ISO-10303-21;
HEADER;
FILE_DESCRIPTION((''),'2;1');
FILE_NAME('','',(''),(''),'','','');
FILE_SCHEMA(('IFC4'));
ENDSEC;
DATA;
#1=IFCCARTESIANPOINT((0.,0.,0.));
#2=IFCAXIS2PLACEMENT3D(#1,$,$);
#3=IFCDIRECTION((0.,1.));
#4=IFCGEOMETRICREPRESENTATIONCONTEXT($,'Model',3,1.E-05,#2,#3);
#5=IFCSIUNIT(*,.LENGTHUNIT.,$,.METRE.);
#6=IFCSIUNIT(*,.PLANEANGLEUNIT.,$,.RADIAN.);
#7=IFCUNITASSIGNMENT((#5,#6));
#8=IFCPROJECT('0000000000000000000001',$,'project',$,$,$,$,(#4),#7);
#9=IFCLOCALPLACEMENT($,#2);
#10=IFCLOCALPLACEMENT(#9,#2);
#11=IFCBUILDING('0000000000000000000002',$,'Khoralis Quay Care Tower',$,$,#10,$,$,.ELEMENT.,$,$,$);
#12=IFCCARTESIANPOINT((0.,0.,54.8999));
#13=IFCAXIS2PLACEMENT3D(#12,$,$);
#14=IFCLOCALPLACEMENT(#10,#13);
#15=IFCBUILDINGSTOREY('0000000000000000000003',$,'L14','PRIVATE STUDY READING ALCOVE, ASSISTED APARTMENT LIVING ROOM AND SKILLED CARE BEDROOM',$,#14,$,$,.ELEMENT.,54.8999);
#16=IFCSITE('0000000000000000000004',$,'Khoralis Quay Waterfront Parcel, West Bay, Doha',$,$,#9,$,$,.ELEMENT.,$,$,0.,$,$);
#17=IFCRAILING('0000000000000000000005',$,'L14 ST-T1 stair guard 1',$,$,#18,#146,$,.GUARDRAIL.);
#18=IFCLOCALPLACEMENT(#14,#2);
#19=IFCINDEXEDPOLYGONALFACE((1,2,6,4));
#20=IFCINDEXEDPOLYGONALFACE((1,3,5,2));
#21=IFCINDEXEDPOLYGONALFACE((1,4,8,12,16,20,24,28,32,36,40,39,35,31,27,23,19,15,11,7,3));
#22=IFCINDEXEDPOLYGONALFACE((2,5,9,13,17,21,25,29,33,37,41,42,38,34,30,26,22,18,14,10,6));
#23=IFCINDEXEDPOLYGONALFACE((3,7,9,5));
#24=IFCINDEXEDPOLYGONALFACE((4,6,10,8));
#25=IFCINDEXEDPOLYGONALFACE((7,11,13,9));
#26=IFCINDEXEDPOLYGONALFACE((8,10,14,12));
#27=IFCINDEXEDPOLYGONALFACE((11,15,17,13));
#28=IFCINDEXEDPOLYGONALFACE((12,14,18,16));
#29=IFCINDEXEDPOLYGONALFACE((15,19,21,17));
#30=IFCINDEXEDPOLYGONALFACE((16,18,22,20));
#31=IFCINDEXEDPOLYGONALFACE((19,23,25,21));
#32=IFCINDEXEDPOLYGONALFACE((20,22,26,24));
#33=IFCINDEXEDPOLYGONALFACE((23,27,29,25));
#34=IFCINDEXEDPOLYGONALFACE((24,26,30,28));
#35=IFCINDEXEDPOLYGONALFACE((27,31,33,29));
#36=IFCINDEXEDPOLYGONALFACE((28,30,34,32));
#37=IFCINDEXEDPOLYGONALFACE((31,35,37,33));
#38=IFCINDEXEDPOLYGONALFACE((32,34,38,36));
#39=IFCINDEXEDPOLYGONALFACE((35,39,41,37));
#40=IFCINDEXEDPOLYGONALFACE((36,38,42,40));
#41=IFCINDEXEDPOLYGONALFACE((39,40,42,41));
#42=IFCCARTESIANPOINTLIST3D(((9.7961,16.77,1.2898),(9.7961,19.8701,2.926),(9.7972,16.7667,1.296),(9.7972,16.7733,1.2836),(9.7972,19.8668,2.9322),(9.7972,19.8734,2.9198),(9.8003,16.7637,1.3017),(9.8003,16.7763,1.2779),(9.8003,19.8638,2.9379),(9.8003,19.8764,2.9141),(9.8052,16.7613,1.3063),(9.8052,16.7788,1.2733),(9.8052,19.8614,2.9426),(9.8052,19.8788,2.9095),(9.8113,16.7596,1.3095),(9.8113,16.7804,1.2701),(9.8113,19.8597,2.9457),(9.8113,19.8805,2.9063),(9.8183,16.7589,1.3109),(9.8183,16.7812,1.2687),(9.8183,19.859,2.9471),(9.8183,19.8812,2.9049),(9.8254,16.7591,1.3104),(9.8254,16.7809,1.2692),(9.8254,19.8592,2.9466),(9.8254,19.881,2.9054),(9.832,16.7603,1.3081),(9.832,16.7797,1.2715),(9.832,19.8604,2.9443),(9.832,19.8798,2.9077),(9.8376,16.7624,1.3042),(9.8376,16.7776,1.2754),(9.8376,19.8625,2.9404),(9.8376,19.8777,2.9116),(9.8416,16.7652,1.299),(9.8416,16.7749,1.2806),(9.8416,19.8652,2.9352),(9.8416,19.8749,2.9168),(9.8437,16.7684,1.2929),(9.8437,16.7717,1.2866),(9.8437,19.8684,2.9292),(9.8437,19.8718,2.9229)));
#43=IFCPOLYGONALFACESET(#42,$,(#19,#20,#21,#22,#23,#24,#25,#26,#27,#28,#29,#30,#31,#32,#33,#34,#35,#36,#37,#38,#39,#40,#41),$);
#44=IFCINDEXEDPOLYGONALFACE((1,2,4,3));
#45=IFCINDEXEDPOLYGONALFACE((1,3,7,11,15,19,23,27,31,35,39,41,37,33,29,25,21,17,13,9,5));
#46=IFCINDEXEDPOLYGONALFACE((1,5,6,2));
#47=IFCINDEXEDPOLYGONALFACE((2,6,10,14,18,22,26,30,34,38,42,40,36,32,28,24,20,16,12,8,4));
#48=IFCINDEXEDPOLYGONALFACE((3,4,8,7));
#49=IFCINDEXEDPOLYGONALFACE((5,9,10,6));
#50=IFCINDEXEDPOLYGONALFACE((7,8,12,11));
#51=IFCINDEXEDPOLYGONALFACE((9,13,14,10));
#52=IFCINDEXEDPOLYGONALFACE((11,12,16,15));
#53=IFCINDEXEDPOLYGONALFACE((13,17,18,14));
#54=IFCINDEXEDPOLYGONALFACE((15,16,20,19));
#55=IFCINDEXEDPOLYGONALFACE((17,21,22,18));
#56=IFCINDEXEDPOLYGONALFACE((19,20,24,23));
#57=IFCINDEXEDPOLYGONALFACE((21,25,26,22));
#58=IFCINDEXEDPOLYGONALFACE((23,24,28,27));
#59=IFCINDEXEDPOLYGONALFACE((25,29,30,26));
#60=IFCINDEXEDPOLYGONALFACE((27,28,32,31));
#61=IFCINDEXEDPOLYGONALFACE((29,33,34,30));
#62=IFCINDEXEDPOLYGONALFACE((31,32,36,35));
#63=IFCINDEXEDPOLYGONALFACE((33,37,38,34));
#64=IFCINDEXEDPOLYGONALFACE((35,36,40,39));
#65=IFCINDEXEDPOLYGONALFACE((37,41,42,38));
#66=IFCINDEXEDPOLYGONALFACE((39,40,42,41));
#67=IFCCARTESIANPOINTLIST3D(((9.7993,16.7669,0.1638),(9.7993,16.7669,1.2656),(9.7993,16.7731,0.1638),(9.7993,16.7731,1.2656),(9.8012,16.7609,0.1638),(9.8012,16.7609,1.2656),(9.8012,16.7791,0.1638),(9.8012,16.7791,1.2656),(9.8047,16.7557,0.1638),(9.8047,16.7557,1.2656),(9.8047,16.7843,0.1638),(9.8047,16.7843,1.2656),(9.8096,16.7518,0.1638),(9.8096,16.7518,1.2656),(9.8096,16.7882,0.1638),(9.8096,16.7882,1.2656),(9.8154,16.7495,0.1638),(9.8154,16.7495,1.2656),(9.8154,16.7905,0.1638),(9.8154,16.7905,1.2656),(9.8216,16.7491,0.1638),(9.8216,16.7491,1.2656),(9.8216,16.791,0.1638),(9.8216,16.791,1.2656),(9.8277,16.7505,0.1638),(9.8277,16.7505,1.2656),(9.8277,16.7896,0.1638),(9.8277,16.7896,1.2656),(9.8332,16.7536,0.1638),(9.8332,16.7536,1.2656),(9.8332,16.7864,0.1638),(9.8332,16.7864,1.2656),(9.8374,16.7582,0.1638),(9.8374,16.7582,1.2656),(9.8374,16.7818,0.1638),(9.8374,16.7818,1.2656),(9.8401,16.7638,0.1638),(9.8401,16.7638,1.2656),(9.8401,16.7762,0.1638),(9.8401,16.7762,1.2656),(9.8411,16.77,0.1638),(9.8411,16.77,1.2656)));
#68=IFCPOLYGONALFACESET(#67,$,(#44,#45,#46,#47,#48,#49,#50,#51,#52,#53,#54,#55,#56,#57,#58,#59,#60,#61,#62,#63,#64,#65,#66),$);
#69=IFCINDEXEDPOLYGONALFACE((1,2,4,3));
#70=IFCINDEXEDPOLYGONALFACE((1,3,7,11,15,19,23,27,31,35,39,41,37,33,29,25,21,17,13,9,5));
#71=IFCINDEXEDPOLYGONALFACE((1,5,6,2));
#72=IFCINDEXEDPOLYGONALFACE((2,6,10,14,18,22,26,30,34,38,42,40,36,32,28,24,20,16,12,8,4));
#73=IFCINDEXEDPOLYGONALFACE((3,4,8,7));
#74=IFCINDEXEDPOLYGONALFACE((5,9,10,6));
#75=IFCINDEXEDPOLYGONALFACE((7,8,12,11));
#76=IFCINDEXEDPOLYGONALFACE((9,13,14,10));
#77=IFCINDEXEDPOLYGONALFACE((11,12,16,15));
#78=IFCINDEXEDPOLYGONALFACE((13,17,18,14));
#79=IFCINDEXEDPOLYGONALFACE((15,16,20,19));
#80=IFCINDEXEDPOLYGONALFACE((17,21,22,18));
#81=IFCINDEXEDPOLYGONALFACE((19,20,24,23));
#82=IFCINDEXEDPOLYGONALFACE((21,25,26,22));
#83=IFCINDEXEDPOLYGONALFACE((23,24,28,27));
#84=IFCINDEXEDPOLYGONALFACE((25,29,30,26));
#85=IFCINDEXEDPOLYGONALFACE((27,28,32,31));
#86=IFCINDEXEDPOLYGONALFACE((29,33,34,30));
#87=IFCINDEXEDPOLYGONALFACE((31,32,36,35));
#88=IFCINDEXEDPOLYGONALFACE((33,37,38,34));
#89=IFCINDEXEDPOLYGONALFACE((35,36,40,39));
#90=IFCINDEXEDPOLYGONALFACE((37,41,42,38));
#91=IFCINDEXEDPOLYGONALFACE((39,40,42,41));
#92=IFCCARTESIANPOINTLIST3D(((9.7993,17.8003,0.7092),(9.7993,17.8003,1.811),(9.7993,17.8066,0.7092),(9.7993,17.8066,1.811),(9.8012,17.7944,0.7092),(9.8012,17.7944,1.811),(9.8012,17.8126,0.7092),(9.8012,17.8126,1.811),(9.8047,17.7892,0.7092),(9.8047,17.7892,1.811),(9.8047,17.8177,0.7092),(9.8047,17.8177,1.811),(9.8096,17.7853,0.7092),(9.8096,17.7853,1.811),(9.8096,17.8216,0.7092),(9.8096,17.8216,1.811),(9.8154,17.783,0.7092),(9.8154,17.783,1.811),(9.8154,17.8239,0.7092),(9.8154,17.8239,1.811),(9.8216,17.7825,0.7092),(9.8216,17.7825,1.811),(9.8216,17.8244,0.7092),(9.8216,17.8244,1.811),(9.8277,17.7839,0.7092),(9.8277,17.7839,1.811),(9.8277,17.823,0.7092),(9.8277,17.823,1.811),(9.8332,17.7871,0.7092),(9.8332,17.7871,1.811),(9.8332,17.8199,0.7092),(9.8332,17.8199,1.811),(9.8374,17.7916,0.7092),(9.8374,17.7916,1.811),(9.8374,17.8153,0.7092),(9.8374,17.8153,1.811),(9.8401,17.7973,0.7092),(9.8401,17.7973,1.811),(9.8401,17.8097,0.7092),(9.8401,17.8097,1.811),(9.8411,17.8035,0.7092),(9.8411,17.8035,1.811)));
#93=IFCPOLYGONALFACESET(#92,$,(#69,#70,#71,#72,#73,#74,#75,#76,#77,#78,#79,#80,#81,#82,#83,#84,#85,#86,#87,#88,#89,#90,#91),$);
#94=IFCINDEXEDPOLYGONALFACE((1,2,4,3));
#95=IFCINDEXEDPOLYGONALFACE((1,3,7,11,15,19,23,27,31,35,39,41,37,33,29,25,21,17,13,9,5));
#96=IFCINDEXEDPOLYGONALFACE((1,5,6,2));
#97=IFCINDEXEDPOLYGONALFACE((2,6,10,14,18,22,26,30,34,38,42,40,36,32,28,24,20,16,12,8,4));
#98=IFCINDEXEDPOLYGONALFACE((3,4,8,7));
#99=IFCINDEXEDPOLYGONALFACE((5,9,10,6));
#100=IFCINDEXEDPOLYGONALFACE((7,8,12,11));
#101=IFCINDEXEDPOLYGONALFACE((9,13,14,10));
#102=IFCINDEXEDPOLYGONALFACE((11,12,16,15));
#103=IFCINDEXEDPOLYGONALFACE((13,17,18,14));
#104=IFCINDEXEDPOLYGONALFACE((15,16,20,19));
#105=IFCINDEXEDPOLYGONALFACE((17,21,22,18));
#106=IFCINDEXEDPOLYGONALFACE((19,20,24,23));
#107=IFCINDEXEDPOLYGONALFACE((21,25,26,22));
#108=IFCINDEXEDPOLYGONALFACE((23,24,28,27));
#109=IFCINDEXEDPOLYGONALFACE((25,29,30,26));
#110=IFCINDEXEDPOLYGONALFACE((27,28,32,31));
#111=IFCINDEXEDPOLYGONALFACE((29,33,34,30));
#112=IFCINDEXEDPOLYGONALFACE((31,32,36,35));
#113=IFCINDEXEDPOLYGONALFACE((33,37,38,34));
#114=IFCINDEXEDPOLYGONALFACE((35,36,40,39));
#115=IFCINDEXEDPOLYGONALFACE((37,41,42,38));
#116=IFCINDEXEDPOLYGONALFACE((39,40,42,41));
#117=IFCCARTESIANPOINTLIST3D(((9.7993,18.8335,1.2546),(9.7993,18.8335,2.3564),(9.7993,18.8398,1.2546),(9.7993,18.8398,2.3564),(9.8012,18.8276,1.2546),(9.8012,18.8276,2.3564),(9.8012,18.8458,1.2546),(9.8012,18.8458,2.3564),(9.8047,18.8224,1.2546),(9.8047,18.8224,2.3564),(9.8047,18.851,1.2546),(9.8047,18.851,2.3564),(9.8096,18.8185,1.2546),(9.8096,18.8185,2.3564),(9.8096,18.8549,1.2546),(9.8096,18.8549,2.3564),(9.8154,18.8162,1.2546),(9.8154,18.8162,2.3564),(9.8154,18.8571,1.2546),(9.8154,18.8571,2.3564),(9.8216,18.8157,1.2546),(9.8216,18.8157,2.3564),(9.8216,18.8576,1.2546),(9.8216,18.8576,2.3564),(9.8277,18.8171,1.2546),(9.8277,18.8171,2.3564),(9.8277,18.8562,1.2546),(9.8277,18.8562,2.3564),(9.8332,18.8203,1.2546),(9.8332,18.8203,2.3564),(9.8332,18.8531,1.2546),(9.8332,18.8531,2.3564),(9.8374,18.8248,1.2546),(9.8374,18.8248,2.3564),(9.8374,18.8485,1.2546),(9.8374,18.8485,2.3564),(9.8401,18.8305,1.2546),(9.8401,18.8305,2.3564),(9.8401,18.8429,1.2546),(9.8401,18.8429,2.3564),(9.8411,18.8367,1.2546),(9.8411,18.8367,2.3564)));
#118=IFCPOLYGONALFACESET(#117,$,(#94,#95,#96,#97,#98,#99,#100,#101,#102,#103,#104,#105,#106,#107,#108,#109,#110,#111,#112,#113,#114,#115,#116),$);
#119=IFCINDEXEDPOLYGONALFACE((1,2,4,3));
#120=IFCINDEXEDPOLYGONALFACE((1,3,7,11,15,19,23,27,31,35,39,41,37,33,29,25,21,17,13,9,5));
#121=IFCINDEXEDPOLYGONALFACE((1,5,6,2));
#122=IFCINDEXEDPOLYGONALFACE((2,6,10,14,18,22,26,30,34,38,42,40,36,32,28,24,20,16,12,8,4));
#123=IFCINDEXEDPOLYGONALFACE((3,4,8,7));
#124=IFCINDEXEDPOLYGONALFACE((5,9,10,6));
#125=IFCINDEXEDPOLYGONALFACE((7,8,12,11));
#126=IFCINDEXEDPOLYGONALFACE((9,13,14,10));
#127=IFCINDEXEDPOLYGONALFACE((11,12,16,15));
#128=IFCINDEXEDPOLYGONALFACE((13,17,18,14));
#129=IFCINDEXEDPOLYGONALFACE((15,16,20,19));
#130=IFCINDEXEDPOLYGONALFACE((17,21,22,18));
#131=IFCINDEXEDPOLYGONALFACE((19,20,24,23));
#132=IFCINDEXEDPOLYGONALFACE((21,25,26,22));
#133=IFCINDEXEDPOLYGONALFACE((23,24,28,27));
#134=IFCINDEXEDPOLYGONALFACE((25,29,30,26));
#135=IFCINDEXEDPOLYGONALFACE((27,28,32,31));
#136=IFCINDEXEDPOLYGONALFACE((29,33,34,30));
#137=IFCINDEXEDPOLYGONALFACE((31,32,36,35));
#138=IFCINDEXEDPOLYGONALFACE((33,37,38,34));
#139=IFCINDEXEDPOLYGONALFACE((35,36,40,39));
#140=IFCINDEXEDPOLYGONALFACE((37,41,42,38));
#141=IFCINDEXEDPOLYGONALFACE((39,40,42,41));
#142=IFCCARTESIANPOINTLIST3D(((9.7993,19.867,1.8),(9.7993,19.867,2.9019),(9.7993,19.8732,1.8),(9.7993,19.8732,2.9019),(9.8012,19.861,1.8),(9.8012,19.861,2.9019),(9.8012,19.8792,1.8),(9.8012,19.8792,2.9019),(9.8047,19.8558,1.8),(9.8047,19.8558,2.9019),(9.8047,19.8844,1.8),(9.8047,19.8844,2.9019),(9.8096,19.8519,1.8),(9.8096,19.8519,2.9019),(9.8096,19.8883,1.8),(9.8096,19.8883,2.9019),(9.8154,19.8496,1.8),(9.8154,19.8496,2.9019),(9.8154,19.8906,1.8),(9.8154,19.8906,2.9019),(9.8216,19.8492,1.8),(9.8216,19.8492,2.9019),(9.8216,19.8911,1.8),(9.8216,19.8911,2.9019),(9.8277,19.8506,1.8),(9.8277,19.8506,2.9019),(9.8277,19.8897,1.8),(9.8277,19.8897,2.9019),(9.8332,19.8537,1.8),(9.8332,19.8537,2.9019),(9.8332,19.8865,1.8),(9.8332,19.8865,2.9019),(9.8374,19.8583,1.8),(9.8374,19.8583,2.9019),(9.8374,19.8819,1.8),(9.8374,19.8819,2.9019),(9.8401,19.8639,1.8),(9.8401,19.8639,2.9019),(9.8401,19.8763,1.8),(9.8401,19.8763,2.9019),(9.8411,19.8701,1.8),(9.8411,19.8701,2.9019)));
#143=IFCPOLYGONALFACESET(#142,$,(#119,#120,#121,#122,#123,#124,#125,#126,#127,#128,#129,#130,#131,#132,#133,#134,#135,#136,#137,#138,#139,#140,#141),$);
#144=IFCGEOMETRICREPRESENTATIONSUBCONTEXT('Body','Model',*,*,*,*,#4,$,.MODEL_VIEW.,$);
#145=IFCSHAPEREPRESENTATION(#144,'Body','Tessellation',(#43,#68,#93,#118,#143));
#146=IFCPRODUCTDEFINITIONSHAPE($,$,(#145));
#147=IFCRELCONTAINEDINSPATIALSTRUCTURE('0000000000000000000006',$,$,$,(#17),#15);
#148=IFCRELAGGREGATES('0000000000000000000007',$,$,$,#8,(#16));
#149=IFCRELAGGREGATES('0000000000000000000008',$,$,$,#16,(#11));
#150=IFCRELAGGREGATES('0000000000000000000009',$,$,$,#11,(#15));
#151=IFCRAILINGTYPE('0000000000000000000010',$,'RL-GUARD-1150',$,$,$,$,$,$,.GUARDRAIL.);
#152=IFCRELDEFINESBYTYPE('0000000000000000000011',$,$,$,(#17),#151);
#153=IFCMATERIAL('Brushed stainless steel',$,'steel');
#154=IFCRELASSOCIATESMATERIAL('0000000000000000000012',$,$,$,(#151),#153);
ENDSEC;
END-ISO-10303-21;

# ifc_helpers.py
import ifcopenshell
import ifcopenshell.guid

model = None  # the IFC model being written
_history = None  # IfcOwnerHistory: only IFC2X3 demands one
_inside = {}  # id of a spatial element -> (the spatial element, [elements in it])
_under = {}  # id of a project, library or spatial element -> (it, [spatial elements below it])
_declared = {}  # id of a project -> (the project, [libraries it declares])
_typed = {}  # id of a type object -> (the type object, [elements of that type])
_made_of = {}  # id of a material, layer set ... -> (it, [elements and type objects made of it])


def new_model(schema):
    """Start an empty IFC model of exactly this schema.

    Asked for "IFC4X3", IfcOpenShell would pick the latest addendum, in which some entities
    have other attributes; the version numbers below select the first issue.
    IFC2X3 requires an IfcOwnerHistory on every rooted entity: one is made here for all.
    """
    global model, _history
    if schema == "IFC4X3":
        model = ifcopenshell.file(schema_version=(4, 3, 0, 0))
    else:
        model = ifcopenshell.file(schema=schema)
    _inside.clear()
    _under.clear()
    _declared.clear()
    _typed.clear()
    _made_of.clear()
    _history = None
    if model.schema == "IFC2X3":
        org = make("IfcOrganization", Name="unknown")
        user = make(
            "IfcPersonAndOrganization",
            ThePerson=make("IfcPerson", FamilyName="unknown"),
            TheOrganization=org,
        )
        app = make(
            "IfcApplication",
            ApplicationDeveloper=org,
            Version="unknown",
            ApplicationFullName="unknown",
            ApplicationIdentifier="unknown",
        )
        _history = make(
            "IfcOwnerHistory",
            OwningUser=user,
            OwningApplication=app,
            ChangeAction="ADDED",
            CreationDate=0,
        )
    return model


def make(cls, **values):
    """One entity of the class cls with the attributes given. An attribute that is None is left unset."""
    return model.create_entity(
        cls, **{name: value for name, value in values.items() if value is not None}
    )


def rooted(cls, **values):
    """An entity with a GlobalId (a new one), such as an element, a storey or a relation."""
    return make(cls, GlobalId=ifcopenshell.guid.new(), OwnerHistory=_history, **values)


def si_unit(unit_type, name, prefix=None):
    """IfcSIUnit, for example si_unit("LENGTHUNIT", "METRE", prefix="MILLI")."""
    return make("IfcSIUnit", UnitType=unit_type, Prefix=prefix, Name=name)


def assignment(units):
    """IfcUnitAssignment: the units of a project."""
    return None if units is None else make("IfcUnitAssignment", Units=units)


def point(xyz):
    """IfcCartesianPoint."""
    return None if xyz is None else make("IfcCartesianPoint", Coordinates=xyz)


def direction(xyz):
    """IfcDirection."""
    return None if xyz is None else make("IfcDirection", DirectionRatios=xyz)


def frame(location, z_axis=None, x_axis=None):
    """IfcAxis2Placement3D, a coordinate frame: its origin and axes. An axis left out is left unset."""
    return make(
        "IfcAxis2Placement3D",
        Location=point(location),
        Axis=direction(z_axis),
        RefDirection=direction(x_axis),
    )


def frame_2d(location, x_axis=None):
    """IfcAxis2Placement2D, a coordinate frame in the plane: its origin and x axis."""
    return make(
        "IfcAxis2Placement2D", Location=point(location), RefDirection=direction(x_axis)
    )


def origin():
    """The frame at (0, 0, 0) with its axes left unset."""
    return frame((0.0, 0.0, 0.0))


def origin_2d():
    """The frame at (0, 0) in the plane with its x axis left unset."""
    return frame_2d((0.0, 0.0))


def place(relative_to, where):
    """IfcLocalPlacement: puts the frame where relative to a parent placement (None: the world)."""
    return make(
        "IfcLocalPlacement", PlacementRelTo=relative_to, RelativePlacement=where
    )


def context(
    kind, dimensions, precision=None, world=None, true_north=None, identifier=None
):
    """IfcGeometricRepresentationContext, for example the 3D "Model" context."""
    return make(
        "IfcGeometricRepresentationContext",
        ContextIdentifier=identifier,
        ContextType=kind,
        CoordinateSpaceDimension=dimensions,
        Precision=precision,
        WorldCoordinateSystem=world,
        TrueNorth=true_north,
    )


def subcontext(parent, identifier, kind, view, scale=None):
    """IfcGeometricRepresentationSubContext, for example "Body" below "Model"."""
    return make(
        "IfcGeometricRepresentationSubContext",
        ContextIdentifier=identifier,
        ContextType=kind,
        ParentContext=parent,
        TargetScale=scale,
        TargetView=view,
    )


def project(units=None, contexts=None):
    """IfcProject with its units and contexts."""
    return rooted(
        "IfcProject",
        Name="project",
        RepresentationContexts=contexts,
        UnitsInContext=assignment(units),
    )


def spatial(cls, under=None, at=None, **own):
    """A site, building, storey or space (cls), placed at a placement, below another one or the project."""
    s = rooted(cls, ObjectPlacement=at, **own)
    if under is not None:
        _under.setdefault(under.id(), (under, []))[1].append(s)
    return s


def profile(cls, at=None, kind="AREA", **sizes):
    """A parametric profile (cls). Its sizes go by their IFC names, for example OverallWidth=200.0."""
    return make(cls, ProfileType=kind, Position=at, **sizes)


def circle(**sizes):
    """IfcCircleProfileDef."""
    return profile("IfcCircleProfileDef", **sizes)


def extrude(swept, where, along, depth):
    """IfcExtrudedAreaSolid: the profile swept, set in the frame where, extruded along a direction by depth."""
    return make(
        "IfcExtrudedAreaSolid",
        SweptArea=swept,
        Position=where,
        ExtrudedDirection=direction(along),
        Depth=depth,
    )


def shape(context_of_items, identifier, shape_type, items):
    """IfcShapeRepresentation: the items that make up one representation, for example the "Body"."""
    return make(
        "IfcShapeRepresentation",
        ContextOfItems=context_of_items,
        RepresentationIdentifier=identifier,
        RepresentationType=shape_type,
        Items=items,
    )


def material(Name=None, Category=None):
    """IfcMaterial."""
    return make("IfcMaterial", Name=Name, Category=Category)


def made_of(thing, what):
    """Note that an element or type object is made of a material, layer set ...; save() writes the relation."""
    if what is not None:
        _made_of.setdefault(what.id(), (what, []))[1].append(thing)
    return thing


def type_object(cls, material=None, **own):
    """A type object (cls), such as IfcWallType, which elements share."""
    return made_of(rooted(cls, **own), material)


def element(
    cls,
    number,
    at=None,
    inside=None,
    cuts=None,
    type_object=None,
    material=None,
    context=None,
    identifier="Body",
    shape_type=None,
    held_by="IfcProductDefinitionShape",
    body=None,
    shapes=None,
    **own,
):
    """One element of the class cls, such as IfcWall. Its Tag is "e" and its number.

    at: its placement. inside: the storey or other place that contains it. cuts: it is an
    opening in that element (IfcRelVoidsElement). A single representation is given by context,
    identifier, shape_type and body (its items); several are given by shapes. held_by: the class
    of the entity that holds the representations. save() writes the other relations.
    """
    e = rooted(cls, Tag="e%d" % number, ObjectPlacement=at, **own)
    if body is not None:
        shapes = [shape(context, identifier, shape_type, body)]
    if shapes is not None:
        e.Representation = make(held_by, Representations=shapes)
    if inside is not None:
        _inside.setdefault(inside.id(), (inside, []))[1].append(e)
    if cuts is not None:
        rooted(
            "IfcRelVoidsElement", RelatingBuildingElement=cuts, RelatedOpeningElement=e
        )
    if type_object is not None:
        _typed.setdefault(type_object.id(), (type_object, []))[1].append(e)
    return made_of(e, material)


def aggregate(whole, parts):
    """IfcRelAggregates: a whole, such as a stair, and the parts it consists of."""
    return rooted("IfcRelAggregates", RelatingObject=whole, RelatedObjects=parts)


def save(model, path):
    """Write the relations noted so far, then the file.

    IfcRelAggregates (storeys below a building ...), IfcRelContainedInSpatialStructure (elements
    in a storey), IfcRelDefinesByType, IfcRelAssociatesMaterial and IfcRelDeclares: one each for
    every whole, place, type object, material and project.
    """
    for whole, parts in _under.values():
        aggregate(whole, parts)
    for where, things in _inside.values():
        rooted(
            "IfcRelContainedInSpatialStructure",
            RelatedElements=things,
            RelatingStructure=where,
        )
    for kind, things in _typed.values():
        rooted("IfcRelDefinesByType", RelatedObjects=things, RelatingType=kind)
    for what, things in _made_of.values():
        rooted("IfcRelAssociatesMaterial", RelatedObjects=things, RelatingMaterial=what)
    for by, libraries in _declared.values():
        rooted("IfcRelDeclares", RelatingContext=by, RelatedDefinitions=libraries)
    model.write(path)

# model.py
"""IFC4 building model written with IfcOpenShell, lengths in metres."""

from ifc_helpers import new_model, si_unit, direction, frame, origin, origin_2d, place, context, subcontext, project, spatial, circle, extrude, material, type_object, element, save


model = new_model("IFC4")

# Units and contexts
model_context = context("Model", 3, precision=1e-05, world=origin(), true_north=direction((0.0, 1.0)))
body_context = subcontext(model_context, "Body", "Model", "MODEL_VIEW")
ifc_project = project(units=[si_unit("LENGTHUNIT", "METRE"), si_unit("PLANEANGLEUNIT", "RADIAN")], contexts=[model_context])

# Site, building, storey
site_placement = place(None, origin())
site = spatial("IfcSite", under=ifc_project, at=site_placement, Name="Khoralis Quay Waterfront Parcel, West Bay, Doha", CompositionType="ELEMENT", RefElevation=0.0)
building_placement = place(site_placement, origin())
building = spatial("IfcBuilding", under=site, at=building_placement, Name="Khoralis Quay Care Tower", CompositionType="ELEMENT")
storey_placement = place(building_placement, frame((0.0, 0.0, 54.8999)))
storey = spatial("IfcBuildingStorey", under=building, at=storey_placement, Name="L14", Description="PRIVATE STUDY READING ALCOVE, ASSISTED APARTMENT LIVING ROOM AND SKILLED CARE BEDROOM", CompositionType="ELEMENT", Elevation=54.8999)

# Railing
ifc_material_1 = material(Name="Brushed stainless steel", Category="steel")
railing_type_1 = type_object("IfcRailingType", Name="RL-GUARD-1150", PredefinedType="GUARDRAIL", material=ifc_material_1)
railing_1_placement = place(storey_placement, frame((9.8201, 16.77, 0.1638)))
element("IfcRailing", 1, at=railing_1_placement, inside=storey, type_object=railing_type_1, Name="L14 ST-T1 stair guard 1", PredefinedType="GUARDRAIL", context=body_context, shape_type="SweptSolid", body=[
    extrude(circle(Radius=0.0239, at=origin_2d()), frame((0.0, 0.0, 1.126), z_axis=(0.0, 0.884377, 0.466774), x_axis=(-1.0, 0.0, 0.0)), (0.0, 0.0, 1.0), 3.5054),
    extrude(circle(Radius=0.021, at=origin_2d()), origin(), (0.0, 0.0, 1.0), 1.1018),
    extrude(circle(Radius=0.021, at=origin_2d()), frame((0.0, 1.0334, 0.5454)), (0.0, 0.0, 1.0), 1.1018),
    extrude(circle(Radius=0.021, at=origin_2d()), frame((0.0, 2.0667, 1.0908)), (0.0, 0.0, 1.0), 1.1018),
    extrude(circle(Radius=0.021, at=origin_2d()), frame((0.0, 3.1001, 1.6362)), (0.0, 0.0, 1.0), 1.1018),
])

save(model, "model.ifc")
